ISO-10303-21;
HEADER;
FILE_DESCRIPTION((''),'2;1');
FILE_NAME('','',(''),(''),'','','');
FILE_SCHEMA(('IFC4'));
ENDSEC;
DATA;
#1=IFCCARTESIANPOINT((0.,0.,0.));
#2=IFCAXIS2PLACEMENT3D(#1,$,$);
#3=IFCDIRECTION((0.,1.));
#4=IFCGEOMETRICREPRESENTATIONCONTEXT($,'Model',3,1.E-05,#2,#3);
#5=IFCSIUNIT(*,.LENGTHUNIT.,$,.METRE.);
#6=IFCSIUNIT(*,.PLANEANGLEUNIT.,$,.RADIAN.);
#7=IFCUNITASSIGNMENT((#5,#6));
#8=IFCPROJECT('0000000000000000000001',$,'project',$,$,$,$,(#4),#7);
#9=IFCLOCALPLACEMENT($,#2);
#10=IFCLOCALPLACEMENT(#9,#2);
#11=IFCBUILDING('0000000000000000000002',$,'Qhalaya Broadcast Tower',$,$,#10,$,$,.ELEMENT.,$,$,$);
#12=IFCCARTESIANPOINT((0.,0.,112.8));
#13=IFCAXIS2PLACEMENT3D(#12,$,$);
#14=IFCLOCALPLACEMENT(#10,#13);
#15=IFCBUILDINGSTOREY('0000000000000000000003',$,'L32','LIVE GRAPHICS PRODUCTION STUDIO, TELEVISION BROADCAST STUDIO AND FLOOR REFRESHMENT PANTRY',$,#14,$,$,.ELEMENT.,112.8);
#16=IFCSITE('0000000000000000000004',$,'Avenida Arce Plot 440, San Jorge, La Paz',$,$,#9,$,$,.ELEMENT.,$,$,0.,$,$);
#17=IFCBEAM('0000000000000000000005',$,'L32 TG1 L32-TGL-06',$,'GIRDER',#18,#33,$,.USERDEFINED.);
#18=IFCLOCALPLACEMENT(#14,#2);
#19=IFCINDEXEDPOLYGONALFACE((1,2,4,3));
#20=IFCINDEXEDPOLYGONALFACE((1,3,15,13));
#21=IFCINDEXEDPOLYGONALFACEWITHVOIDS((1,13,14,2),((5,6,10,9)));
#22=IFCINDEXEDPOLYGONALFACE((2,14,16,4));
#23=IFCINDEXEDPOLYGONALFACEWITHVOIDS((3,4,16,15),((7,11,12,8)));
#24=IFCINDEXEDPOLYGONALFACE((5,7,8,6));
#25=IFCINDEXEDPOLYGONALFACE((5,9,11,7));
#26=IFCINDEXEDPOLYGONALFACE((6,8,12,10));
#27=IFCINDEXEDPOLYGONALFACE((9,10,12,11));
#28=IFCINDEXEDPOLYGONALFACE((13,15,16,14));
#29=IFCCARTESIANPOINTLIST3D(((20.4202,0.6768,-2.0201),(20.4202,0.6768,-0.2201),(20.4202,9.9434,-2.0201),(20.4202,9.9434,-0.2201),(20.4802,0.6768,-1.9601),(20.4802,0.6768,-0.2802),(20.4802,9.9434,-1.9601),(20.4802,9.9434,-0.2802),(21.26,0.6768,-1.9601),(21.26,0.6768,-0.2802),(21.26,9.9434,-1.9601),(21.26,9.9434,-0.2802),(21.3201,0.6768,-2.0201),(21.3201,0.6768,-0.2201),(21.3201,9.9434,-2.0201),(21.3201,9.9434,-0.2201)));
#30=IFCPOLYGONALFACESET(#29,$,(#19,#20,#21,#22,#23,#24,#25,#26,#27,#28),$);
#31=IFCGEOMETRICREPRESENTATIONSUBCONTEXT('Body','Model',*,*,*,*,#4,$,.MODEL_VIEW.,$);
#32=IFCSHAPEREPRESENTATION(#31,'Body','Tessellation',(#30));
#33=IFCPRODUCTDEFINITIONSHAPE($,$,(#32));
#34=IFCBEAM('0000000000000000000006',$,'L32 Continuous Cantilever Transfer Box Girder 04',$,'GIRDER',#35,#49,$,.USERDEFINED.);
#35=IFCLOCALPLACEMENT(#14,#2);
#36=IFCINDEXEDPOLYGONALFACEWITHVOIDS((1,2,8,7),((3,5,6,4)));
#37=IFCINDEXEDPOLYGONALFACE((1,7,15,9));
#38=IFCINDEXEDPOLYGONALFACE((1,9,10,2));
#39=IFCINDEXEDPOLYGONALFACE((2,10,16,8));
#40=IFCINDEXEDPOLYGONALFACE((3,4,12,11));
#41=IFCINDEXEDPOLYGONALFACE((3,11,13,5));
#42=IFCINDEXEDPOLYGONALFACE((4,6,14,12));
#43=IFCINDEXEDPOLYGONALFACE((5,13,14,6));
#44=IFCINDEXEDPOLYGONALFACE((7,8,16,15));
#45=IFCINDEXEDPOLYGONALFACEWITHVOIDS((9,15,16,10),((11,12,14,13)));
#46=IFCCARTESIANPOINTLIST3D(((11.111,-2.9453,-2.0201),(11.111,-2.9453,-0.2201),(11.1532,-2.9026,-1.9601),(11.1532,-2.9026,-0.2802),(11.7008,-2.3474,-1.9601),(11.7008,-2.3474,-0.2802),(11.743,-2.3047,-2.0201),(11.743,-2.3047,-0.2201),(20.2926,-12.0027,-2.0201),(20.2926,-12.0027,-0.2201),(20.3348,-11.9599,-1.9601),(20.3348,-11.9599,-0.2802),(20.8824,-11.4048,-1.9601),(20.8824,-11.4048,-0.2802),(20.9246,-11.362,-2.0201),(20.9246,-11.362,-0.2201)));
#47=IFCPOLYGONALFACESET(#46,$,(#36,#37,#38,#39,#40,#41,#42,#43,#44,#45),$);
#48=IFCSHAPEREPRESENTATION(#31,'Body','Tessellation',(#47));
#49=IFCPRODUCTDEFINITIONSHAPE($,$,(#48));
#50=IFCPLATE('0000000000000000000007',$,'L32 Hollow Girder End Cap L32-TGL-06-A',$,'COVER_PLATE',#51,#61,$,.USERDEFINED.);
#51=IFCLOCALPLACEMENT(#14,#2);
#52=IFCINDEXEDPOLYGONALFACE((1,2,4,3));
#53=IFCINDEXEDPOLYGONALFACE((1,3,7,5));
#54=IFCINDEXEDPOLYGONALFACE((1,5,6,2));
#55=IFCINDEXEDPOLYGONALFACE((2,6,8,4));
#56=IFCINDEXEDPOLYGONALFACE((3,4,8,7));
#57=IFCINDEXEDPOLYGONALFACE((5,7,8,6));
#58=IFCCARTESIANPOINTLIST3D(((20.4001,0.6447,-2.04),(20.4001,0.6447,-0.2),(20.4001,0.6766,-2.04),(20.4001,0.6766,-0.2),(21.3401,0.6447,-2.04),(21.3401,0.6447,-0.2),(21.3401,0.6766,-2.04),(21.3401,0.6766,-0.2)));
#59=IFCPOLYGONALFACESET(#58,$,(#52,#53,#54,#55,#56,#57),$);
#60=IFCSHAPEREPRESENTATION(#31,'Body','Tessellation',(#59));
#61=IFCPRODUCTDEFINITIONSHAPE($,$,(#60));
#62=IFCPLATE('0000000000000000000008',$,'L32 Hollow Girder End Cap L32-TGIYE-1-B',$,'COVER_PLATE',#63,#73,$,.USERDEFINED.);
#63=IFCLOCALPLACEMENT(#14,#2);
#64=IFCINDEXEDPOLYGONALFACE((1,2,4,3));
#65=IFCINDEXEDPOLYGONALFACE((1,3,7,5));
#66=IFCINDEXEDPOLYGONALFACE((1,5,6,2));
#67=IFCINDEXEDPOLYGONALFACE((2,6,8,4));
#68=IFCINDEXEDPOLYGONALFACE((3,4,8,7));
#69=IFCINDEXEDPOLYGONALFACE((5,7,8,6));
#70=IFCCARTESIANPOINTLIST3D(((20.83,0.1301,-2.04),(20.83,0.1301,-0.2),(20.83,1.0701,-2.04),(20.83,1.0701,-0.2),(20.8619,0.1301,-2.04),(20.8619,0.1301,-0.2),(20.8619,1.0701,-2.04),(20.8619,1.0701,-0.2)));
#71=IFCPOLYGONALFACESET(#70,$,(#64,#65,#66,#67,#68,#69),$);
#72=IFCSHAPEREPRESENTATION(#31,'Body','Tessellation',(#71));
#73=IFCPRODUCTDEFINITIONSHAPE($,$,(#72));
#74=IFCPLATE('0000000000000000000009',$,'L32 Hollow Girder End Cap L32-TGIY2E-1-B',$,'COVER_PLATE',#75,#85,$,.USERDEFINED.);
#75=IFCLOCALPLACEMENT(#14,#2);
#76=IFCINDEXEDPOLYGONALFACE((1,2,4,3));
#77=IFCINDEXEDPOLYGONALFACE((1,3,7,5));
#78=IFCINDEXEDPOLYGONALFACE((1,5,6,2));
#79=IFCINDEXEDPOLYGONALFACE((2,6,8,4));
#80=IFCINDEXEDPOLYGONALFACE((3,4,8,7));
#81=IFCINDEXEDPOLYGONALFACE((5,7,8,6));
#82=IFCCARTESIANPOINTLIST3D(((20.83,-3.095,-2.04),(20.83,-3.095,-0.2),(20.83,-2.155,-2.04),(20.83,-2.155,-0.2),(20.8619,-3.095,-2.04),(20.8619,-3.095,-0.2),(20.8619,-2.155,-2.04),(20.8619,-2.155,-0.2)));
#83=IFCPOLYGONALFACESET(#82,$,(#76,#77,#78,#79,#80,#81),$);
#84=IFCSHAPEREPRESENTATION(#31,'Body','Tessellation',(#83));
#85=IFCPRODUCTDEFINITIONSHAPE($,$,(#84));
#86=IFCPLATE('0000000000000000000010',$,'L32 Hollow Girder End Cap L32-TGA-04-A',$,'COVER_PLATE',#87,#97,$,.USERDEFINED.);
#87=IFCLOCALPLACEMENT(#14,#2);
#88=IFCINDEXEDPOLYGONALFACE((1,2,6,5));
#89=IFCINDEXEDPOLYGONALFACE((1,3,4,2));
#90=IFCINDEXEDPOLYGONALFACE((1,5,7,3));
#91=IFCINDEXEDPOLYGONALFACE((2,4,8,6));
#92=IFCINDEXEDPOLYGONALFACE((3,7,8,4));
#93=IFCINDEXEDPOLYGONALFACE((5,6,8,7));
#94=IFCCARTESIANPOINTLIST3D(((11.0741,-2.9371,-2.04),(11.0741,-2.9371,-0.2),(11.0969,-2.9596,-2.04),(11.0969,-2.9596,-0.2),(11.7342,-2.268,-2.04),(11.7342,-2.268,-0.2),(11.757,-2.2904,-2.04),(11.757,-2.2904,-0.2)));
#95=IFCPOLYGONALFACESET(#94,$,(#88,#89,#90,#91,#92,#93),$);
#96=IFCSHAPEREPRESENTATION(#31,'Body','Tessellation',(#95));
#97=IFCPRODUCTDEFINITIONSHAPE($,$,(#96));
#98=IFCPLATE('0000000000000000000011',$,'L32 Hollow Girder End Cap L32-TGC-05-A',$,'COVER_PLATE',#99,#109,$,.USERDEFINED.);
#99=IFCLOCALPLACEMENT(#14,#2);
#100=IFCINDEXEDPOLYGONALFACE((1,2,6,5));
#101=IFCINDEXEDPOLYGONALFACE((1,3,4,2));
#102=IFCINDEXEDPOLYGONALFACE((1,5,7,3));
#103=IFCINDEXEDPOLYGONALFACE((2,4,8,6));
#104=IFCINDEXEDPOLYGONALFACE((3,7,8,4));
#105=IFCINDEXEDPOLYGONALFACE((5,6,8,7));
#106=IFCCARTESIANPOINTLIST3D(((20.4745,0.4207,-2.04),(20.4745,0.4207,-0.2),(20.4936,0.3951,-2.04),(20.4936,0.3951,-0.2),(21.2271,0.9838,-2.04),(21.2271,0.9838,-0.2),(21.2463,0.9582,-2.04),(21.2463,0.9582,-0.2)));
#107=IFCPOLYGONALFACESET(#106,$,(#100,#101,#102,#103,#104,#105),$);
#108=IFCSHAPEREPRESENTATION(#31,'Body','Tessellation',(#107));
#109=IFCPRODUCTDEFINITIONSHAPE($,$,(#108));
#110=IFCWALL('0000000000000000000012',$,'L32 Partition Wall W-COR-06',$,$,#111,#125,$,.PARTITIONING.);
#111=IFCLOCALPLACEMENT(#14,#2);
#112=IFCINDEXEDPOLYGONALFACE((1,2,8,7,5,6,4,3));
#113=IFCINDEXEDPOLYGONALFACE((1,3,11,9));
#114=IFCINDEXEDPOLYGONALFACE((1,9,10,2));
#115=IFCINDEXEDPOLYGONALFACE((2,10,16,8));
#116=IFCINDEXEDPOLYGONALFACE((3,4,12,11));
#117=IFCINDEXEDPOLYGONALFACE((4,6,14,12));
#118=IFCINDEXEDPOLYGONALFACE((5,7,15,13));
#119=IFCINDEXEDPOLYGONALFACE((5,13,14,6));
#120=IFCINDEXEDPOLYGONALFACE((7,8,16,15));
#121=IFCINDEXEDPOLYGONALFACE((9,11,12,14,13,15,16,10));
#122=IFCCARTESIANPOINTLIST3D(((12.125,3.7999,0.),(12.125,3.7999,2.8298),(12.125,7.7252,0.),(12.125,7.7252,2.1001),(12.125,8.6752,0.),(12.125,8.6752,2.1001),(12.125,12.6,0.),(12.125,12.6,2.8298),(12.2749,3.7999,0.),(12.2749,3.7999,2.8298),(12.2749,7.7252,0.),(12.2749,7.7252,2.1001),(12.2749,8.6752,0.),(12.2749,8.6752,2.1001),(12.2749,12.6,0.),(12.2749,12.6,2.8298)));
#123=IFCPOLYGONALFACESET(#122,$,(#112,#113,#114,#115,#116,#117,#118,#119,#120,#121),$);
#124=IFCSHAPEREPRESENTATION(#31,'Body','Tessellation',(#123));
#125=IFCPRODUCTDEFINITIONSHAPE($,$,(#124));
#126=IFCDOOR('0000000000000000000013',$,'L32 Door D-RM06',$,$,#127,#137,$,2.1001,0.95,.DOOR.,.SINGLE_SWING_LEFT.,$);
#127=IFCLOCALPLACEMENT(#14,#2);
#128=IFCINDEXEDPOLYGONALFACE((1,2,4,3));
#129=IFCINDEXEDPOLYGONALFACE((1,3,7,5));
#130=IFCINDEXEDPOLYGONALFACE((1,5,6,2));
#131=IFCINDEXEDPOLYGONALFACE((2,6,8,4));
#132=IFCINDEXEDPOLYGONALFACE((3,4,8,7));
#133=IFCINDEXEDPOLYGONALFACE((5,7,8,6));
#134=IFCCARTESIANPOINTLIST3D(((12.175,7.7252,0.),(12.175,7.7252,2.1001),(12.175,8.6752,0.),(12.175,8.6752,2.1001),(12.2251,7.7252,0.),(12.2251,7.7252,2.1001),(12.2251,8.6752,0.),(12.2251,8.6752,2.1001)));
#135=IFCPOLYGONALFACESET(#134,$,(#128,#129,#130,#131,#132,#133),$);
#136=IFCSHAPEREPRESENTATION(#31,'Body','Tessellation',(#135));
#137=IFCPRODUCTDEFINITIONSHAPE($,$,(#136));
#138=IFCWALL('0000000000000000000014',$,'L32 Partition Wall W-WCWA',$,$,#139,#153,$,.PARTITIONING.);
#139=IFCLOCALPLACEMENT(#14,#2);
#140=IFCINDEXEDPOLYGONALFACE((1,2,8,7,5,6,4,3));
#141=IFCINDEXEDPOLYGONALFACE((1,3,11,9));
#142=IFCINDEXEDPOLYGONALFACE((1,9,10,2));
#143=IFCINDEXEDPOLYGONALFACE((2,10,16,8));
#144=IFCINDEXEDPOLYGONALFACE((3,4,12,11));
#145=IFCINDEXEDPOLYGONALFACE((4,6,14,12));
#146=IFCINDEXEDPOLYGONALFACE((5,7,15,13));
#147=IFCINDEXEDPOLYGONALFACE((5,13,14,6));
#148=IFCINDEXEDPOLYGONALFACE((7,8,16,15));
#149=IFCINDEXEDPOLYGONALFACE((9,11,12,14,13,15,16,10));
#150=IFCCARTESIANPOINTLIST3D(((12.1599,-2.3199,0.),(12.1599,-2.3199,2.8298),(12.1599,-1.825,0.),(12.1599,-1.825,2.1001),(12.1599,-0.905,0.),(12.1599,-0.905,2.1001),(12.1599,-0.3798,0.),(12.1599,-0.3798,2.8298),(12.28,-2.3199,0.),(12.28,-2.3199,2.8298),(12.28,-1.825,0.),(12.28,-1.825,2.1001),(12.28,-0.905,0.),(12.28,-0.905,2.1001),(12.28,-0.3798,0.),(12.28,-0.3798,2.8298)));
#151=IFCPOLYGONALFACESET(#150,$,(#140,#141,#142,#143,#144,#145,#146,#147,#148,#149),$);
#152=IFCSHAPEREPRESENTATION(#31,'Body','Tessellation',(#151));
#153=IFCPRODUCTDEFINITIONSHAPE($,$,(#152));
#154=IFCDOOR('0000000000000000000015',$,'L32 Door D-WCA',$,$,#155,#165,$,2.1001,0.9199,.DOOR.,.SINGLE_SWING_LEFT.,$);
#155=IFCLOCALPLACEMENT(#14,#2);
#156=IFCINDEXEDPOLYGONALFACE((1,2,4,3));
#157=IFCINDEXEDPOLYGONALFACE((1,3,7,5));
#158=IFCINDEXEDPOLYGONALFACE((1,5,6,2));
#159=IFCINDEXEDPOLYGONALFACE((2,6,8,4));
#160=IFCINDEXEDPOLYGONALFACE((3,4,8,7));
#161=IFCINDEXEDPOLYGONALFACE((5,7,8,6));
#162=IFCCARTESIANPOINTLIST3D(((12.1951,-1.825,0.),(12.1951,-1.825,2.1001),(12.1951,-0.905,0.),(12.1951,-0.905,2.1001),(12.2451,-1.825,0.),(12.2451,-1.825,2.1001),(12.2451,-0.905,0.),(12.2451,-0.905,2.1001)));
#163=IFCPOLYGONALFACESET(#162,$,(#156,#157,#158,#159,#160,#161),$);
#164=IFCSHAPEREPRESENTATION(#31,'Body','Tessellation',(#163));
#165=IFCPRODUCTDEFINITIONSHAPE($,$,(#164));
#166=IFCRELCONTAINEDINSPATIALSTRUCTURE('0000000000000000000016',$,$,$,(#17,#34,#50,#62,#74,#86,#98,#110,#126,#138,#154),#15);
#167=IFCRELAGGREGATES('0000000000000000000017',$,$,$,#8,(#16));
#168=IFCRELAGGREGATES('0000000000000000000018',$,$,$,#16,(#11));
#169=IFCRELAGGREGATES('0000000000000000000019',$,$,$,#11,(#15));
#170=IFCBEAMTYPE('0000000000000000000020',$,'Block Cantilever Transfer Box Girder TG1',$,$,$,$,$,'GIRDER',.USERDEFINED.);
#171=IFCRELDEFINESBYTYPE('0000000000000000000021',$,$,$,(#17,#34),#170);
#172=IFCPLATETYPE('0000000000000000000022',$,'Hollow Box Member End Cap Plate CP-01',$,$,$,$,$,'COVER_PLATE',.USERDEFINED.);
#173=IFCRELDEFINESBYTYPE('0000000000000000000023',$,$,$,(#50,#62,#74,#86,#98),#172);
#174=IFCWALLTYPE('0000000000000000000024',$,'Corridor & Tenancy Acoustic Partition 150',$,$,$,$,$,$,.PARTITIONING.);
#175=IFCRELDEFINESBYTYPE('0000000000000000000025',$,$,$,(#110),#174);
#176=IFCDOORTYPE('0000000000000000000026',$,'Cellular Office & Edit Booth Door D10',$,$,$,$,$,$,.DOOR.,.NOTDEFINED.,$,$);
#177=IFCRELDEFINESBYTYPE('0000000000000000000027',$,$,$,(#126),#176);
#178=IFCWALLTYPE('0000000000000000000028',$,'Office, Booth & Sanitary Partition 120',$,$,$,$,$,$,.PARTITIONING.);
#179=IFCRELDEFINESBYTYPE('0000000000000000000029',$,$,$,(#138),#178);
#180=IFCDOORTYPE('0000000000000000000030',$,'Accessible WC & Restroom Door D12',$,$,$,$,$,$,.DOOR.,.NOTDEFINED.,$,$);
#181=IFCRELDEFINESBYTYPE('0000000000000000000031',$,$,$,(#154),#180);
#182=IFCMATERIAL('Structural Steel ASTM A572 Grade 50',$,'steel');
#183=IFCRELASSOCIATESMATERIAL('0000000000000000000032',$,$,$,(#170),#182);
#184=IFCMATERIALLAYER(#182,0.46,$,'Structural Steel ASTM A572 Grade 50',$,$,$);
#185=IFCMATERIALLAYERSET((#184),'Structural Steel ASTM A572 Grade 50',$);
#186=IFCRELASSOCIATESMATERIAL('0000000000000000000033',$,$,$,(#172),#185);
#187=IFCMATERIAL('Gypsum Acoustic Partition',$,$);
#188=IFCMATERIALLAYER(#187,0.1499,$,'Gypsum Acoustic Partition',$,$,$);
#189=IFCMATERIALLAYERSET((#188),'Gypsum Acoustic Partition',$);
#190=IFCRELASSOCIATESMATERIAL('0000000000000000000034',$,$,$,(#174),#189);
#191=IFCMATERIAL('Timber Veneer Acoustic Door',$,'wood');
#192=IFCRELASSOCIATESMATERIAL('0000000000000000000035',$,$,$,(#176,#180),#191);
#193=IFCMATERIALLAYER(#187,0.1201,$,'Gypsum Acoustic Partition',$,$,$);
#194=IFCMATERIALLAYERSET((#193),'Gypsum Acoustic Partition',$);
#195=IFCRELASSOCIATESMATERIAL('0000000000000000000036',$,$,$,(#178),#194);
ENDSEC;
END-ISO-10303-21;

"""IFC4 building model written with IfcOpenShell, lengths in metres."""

from ifc_helpers import new_model, si_unit, direction, frame, frame_2d, origin, origin_2d, place, context, subcontext, project, spatial, rectangle, hollow_rectangle, extrude, material, layer, layer_set, material_profile, profile_set, type_object, element, fill, save


model = new_model("IFC4")

# Units and contexts
model_context = context("Model", 3, precision=1e-05, world=origin(), true_north=direction((0.0, 1.0)))
body_context = subcontext(model_context, "Body", "Model", "MODEL_VIEW")
ifc_project = project(units=[si_unit("LENGTHUNIT", "METRE"), si_unit("PLANEANGLEUNIT", "RADIAN")], contexts=[model_context])

# Site, building, storey
site_placement = place(None, origin())
site = spatial("IfcSite", under=ifc_project, at=site_placement, Name="Avenida Arce Plot 440, San Jorge, La Paz", CompositionType="ELEMENT", RefElevation=0.0)
building_placement = place(site_placement, origin())
building = spatial("IfcBuilding", under=site, at=building_placement, Name="Qhalaya Broadcast Tower", CompositionType="ELEMENT")
storey_placement = place(building_placement, frame((0.0, 0.0, 112.8)))
storey = spatial("IfcBuildingStorey", under=building, at=storey_placement, Name="L32", Description="LIVE GRAPHICS PRODUCTION STUDIO, TELEVISION BROADCAST STUDIO AND FLOOR REFRESHMENT PANTRY", CompositionType="ELEMENT", Elevation=112.8)

# Beams
ifc_material_1 = material(Name="Structural Steel ASTM A572 Grade 50", Category="steel")
ifc_material_profile = material_profile(ifc_material_1, hollow_rectangle(XDim=0.8999, YDim=1.8, WallThickness=0.0601, at=origin_2d()), Name="BOX 900x1800x60")
ifc_profile_set = profile_set([ifc_material_profile], Name="Structural Steel ASTM A572 Grade 50")
beam_type = type_object("IfcBeamType", Name="Block Cantilever Transfer Box Girder TG1", ElementType="GIRDER", PredefinedType="USERDEFINED", material=ifc_profile_set)
beam_1_placement = place(storey_placement, frame((20.8701, 0.6768, -1.1201), z_axis=(0.0, 1.0, 0.0), x_axis=(-1.0, 0.0, 0.0)))
element("IfcBeam", 1, at=beam_1_placement, inside=storey, type_object=beam_type, Name="L32 TG1 L32-TGL-06", ObjectType="GIRDER", PredefinedType="USERDEFINED", context=body_context, shape_type="SweptSolid", body=[
    extrude(hollow_rectangle(XDim=0.8999, YDim=1.8, WallThickness=0.0601, at=origin_2d()), origin(), (0.0, 0.0, 1.0), 9.2666),
])
beam_2_placement = place(storey_placement, frame((11.427, -2.625, -1.1201), z_axis=(0.711908, -0.702273, 0.0), x_axis=(0.702273, 0.711908, 0.0)))
element("IfcBeam", 2, at=beam_2_placement, inside=storey, type_object=beam_type, Name="L32 Continuous Cantilever Transfer Box Girder 04", ObjectType="GIRDER", PredefinedType="USERDEFINED", context=body_context, shape_type="SweptSolid", body=[
    extrude(hollow_rectangle(XDim=0.8999, YDim=1.8, WallThickness=0.0601, at=origin_2d()), origin(), (0.0, 0.0, 1.0), 12.8972),
])

# Plates
ifc_layer_1 = layer(ifc_material_1, 0.46, Name="Structural Steel ASTM A572 Grade 50")
ifc_layer_set_1 = layer_set([ifc_layer_1], Name="Structural Steel ASTM A572 Grade 50")
plate_type = type_object("IfcPlateType", Name="Hollow Box Member End Cap Plate CP-01", ElementType="COVER_PLATE", PredefinedType="USERDEFINED", material=ifc_layer_set_1)
for number, where, z_axis, x_axis, name in (
    (3, (20.8701, 0.6606, -2.04), (0.0, 0.0, 1.0), (-1.0, 0.0, 0.0), "L32 Hollow Girder End Cap L32-TGL-06-A"),
    (4, (20.8459, 0.6001, -2.04), (0.0, 0.0, 1.0), (0.0, 1.0, 0.0), "L32 Hollow Girder End Cap L32-TGIYE-1-B"),
    (5, (20.8459, -2.625, -2.04), (0.0, 0.0, 1.0), (0.0, 1.0, 0.0), "L32 Hollow Girder End Cap L32-TGIY2E-1-B"),
    (6, (11.4155, -2.6138, -2.04), (0.0, 0.0, 1.0), (0.702277, 0.711903, 0.0), "L32 Hollow Girder End Cap L32-TGA-04-A"),
    (7, (20.8604, 0.6895, -2.04), (0.0, 0.0, 1.0), (0.800731, 0.599024, 0.0), "L32 Hollow Girder End Cap L32-TGC-05-A"),
):
    element("IfcPlate", number, at=place(storey_placement, frame(where, z_axis=z_axis, x_axis=x_axis)), inside=storey, type_object=plate_type, Name=name, ObjectType="COVER_PLATE", PredefinedType="USERDEFINED", context=body_context, shape_type="SweptSolid", body=[
        extrude(rectangle(XDim=0.9399, YDim=0.032, at=origin_2d()), origin(), (0.0, 0.0, 1.0), 1.8401),
    ])

# Walls, openings, doors
ifc_material_2 = material(Name="Gypsum Acoustic Partition")
ifc_layer_2 = layer(ifc_material_2, 0.1499, Name="Gypsum Acoustic Partition")
ifc_layer_set_2 = layer_set([ifc_layer_2], Name="Gypsum Acoustic Partition")
wall_type_1 = type_object("IfcWallType", Name="Corridor & Tenancy Acoustic Partition 150", PredefinedType="PARTITIONING", material=ifc_layer_set_2)
wall_1_placement = place(storey_placement, frame((12.2, 3.8, 0.0), z_axis=(0.0, 0.0, 1.0), x_axis=(0.0, 1.0, 0.0)))
wall_1 = element("IfcWall", 8, at=wall_1_placement, inside=storey, type_object=wall_type_1, Name="L32 Partition Wall W-COR-06", PredefinedType="PARTITIONING", context=body_context, shape_type="SweptSolid", body=[
    extrude(rectangle(XDim=8.8, YDim=0.1499, at=frame_2d((4.3999, 0.0))), origin(), (0.0, 0.0, 1.0), 2.8298),
])
opening_1_placement = place(wall_1_placement, frame((3.925, 0.0, 0.0)))
opening_1 = element("IfcOpeningElement", 9, at=opening_1_placement, cuts=wall_1, PredefinedType="OPENING", context=body_context, shape_type="SweptSolid", body=[
    extrude(rectangle(XDim=0.95, YDim=2.1001, at=frame_2d((0.4751, 1.05))), frame((0.0, 0.0869, 0.0), z_axis=(0.0, -1.0, 0.0), x_axis=(1.0, 0.0, 0.0)), (0.0, 0.0, 1.0), 0.1738),
])
ifc_material_3 = material(Name="Timber Veneer Acoustic Door", Category="wood")
door_type_1 = type_object("IfcDoorType", Name="Cellular Office & Edit Booth Door D10", OperationType="NOTDEFINED", PredefinedType="DOOR", material=ifc_material_3)
door_1_placement = place(opening_1_placement, origin())
door_1 = element("IfcDoor", 10, at=door_1_placement, inside=storey, type_object=door_type_1, Name="L32 Door D-RM06", OperationType="SINGLE_SWING_LEFT", OverallHeight=2.1001, OverallWidth=0.95, PredefinedType="DOOR", context=body_context, shape_type="SweptSolid", body=[
    extrude(rectangle(XDim=0.95, YDim=2.1001, at=frame_2d((0.4751, 1.05))), frame((0.0, 0.0249, 0.0), z_axis=(0.0, -1.0, 0.0), x_axis=(1.0, 0.0, 0.0)), (0.0, 0.0, 1.0), 0.05),
])
fill(opening_1, door_1)
ifc_layer_3 = layer(ifc_material_2, 0.1201, Name="Gypsum Acoustic Partition")
ifc_layer_set_3 = layer_set([ifc_layer_3], Name="Gypsum Acoustic Partition")
wall_type_2 = type_object("IfcWallType", Name="Office, Booth & Sanitary Partition 120", PredefinedType="PARTITIONING", material=ifc_layer_set_3)
wall_2_placement = place(storey_placement, frame((12.22, -2.3201, 0.0), z_axis=(0.0, 0.0, 1.0), x_axis=(0.0, 1.0, 0.0)))
wall_2 = element("IfcWall", 11, at=wall_2_placement, inside=storey, type_object=wall_type_2, Name="L32 Partition Wall W-WCWA", PredefinedType="PARTITIONING", context=body_context, shape_type="SweptSolid", body=[
    extrude(rectangle(XDim=1.9402, YDim=0.1201, at=frame_2d((0.9702, 0.0))), origin(), (0.0, 0.0, 1.0), 2.8298),
])
opening_2_placement = place(wall_2_placement, frame((0.4951, 0.0, 0.0)))
opening_2 = element("IfcOpeningElement", 12, at=opening_2_placement, cuts=wall_2, PredefinedType="OPENING", context=body_context, shape_type="SweptSolid", body=[
    extrude(rectangle(XDim=0.9199, YDim=2.1001, at=frame_2d((0.46, 1.05))), frame((0.0, 0.072, 0.0), z_axis=(0.0, -1.0, 0.0), x_axis=(1.0, 0.0, 0.0)), (0.0, 0.0, 1.0), 0.144),
])
door_type_2 = type_object("IfcDoorType", Name="Accessible WC & Restroom Door D12", OperationType="NOTDEFINED", PredefinedType="DOOR", material=ifc_material_3)
door_2_placement = place(opening_2_placement, origin())
door_2 = element("IfcDoor", 13, at=door_2_placement, inside=storey, type_object=door_type_2, Name="L32 Door D-WCA", OperationType="SINGLE_SWING_LEFT", OverallHeight=2.1001, OverallWidth=0.9199, PredefinedType="DOOR", context=body_context, shape_type="SweptSolid", body=[
    extrude(rectangle(XDim=0.9199, YDim=2.1001, at=frame_2d((0.46, 1.05))), frame((0.0, 0.0249, 0.0), z_axis=(0.0, -1.0, 0.0), x_axis=(1.0, 0.0, 0.0)), (0.0, 0.0, 1.0), 0.05),
])
fill(opening_2, door_2)

save(model, "model.ifc")
